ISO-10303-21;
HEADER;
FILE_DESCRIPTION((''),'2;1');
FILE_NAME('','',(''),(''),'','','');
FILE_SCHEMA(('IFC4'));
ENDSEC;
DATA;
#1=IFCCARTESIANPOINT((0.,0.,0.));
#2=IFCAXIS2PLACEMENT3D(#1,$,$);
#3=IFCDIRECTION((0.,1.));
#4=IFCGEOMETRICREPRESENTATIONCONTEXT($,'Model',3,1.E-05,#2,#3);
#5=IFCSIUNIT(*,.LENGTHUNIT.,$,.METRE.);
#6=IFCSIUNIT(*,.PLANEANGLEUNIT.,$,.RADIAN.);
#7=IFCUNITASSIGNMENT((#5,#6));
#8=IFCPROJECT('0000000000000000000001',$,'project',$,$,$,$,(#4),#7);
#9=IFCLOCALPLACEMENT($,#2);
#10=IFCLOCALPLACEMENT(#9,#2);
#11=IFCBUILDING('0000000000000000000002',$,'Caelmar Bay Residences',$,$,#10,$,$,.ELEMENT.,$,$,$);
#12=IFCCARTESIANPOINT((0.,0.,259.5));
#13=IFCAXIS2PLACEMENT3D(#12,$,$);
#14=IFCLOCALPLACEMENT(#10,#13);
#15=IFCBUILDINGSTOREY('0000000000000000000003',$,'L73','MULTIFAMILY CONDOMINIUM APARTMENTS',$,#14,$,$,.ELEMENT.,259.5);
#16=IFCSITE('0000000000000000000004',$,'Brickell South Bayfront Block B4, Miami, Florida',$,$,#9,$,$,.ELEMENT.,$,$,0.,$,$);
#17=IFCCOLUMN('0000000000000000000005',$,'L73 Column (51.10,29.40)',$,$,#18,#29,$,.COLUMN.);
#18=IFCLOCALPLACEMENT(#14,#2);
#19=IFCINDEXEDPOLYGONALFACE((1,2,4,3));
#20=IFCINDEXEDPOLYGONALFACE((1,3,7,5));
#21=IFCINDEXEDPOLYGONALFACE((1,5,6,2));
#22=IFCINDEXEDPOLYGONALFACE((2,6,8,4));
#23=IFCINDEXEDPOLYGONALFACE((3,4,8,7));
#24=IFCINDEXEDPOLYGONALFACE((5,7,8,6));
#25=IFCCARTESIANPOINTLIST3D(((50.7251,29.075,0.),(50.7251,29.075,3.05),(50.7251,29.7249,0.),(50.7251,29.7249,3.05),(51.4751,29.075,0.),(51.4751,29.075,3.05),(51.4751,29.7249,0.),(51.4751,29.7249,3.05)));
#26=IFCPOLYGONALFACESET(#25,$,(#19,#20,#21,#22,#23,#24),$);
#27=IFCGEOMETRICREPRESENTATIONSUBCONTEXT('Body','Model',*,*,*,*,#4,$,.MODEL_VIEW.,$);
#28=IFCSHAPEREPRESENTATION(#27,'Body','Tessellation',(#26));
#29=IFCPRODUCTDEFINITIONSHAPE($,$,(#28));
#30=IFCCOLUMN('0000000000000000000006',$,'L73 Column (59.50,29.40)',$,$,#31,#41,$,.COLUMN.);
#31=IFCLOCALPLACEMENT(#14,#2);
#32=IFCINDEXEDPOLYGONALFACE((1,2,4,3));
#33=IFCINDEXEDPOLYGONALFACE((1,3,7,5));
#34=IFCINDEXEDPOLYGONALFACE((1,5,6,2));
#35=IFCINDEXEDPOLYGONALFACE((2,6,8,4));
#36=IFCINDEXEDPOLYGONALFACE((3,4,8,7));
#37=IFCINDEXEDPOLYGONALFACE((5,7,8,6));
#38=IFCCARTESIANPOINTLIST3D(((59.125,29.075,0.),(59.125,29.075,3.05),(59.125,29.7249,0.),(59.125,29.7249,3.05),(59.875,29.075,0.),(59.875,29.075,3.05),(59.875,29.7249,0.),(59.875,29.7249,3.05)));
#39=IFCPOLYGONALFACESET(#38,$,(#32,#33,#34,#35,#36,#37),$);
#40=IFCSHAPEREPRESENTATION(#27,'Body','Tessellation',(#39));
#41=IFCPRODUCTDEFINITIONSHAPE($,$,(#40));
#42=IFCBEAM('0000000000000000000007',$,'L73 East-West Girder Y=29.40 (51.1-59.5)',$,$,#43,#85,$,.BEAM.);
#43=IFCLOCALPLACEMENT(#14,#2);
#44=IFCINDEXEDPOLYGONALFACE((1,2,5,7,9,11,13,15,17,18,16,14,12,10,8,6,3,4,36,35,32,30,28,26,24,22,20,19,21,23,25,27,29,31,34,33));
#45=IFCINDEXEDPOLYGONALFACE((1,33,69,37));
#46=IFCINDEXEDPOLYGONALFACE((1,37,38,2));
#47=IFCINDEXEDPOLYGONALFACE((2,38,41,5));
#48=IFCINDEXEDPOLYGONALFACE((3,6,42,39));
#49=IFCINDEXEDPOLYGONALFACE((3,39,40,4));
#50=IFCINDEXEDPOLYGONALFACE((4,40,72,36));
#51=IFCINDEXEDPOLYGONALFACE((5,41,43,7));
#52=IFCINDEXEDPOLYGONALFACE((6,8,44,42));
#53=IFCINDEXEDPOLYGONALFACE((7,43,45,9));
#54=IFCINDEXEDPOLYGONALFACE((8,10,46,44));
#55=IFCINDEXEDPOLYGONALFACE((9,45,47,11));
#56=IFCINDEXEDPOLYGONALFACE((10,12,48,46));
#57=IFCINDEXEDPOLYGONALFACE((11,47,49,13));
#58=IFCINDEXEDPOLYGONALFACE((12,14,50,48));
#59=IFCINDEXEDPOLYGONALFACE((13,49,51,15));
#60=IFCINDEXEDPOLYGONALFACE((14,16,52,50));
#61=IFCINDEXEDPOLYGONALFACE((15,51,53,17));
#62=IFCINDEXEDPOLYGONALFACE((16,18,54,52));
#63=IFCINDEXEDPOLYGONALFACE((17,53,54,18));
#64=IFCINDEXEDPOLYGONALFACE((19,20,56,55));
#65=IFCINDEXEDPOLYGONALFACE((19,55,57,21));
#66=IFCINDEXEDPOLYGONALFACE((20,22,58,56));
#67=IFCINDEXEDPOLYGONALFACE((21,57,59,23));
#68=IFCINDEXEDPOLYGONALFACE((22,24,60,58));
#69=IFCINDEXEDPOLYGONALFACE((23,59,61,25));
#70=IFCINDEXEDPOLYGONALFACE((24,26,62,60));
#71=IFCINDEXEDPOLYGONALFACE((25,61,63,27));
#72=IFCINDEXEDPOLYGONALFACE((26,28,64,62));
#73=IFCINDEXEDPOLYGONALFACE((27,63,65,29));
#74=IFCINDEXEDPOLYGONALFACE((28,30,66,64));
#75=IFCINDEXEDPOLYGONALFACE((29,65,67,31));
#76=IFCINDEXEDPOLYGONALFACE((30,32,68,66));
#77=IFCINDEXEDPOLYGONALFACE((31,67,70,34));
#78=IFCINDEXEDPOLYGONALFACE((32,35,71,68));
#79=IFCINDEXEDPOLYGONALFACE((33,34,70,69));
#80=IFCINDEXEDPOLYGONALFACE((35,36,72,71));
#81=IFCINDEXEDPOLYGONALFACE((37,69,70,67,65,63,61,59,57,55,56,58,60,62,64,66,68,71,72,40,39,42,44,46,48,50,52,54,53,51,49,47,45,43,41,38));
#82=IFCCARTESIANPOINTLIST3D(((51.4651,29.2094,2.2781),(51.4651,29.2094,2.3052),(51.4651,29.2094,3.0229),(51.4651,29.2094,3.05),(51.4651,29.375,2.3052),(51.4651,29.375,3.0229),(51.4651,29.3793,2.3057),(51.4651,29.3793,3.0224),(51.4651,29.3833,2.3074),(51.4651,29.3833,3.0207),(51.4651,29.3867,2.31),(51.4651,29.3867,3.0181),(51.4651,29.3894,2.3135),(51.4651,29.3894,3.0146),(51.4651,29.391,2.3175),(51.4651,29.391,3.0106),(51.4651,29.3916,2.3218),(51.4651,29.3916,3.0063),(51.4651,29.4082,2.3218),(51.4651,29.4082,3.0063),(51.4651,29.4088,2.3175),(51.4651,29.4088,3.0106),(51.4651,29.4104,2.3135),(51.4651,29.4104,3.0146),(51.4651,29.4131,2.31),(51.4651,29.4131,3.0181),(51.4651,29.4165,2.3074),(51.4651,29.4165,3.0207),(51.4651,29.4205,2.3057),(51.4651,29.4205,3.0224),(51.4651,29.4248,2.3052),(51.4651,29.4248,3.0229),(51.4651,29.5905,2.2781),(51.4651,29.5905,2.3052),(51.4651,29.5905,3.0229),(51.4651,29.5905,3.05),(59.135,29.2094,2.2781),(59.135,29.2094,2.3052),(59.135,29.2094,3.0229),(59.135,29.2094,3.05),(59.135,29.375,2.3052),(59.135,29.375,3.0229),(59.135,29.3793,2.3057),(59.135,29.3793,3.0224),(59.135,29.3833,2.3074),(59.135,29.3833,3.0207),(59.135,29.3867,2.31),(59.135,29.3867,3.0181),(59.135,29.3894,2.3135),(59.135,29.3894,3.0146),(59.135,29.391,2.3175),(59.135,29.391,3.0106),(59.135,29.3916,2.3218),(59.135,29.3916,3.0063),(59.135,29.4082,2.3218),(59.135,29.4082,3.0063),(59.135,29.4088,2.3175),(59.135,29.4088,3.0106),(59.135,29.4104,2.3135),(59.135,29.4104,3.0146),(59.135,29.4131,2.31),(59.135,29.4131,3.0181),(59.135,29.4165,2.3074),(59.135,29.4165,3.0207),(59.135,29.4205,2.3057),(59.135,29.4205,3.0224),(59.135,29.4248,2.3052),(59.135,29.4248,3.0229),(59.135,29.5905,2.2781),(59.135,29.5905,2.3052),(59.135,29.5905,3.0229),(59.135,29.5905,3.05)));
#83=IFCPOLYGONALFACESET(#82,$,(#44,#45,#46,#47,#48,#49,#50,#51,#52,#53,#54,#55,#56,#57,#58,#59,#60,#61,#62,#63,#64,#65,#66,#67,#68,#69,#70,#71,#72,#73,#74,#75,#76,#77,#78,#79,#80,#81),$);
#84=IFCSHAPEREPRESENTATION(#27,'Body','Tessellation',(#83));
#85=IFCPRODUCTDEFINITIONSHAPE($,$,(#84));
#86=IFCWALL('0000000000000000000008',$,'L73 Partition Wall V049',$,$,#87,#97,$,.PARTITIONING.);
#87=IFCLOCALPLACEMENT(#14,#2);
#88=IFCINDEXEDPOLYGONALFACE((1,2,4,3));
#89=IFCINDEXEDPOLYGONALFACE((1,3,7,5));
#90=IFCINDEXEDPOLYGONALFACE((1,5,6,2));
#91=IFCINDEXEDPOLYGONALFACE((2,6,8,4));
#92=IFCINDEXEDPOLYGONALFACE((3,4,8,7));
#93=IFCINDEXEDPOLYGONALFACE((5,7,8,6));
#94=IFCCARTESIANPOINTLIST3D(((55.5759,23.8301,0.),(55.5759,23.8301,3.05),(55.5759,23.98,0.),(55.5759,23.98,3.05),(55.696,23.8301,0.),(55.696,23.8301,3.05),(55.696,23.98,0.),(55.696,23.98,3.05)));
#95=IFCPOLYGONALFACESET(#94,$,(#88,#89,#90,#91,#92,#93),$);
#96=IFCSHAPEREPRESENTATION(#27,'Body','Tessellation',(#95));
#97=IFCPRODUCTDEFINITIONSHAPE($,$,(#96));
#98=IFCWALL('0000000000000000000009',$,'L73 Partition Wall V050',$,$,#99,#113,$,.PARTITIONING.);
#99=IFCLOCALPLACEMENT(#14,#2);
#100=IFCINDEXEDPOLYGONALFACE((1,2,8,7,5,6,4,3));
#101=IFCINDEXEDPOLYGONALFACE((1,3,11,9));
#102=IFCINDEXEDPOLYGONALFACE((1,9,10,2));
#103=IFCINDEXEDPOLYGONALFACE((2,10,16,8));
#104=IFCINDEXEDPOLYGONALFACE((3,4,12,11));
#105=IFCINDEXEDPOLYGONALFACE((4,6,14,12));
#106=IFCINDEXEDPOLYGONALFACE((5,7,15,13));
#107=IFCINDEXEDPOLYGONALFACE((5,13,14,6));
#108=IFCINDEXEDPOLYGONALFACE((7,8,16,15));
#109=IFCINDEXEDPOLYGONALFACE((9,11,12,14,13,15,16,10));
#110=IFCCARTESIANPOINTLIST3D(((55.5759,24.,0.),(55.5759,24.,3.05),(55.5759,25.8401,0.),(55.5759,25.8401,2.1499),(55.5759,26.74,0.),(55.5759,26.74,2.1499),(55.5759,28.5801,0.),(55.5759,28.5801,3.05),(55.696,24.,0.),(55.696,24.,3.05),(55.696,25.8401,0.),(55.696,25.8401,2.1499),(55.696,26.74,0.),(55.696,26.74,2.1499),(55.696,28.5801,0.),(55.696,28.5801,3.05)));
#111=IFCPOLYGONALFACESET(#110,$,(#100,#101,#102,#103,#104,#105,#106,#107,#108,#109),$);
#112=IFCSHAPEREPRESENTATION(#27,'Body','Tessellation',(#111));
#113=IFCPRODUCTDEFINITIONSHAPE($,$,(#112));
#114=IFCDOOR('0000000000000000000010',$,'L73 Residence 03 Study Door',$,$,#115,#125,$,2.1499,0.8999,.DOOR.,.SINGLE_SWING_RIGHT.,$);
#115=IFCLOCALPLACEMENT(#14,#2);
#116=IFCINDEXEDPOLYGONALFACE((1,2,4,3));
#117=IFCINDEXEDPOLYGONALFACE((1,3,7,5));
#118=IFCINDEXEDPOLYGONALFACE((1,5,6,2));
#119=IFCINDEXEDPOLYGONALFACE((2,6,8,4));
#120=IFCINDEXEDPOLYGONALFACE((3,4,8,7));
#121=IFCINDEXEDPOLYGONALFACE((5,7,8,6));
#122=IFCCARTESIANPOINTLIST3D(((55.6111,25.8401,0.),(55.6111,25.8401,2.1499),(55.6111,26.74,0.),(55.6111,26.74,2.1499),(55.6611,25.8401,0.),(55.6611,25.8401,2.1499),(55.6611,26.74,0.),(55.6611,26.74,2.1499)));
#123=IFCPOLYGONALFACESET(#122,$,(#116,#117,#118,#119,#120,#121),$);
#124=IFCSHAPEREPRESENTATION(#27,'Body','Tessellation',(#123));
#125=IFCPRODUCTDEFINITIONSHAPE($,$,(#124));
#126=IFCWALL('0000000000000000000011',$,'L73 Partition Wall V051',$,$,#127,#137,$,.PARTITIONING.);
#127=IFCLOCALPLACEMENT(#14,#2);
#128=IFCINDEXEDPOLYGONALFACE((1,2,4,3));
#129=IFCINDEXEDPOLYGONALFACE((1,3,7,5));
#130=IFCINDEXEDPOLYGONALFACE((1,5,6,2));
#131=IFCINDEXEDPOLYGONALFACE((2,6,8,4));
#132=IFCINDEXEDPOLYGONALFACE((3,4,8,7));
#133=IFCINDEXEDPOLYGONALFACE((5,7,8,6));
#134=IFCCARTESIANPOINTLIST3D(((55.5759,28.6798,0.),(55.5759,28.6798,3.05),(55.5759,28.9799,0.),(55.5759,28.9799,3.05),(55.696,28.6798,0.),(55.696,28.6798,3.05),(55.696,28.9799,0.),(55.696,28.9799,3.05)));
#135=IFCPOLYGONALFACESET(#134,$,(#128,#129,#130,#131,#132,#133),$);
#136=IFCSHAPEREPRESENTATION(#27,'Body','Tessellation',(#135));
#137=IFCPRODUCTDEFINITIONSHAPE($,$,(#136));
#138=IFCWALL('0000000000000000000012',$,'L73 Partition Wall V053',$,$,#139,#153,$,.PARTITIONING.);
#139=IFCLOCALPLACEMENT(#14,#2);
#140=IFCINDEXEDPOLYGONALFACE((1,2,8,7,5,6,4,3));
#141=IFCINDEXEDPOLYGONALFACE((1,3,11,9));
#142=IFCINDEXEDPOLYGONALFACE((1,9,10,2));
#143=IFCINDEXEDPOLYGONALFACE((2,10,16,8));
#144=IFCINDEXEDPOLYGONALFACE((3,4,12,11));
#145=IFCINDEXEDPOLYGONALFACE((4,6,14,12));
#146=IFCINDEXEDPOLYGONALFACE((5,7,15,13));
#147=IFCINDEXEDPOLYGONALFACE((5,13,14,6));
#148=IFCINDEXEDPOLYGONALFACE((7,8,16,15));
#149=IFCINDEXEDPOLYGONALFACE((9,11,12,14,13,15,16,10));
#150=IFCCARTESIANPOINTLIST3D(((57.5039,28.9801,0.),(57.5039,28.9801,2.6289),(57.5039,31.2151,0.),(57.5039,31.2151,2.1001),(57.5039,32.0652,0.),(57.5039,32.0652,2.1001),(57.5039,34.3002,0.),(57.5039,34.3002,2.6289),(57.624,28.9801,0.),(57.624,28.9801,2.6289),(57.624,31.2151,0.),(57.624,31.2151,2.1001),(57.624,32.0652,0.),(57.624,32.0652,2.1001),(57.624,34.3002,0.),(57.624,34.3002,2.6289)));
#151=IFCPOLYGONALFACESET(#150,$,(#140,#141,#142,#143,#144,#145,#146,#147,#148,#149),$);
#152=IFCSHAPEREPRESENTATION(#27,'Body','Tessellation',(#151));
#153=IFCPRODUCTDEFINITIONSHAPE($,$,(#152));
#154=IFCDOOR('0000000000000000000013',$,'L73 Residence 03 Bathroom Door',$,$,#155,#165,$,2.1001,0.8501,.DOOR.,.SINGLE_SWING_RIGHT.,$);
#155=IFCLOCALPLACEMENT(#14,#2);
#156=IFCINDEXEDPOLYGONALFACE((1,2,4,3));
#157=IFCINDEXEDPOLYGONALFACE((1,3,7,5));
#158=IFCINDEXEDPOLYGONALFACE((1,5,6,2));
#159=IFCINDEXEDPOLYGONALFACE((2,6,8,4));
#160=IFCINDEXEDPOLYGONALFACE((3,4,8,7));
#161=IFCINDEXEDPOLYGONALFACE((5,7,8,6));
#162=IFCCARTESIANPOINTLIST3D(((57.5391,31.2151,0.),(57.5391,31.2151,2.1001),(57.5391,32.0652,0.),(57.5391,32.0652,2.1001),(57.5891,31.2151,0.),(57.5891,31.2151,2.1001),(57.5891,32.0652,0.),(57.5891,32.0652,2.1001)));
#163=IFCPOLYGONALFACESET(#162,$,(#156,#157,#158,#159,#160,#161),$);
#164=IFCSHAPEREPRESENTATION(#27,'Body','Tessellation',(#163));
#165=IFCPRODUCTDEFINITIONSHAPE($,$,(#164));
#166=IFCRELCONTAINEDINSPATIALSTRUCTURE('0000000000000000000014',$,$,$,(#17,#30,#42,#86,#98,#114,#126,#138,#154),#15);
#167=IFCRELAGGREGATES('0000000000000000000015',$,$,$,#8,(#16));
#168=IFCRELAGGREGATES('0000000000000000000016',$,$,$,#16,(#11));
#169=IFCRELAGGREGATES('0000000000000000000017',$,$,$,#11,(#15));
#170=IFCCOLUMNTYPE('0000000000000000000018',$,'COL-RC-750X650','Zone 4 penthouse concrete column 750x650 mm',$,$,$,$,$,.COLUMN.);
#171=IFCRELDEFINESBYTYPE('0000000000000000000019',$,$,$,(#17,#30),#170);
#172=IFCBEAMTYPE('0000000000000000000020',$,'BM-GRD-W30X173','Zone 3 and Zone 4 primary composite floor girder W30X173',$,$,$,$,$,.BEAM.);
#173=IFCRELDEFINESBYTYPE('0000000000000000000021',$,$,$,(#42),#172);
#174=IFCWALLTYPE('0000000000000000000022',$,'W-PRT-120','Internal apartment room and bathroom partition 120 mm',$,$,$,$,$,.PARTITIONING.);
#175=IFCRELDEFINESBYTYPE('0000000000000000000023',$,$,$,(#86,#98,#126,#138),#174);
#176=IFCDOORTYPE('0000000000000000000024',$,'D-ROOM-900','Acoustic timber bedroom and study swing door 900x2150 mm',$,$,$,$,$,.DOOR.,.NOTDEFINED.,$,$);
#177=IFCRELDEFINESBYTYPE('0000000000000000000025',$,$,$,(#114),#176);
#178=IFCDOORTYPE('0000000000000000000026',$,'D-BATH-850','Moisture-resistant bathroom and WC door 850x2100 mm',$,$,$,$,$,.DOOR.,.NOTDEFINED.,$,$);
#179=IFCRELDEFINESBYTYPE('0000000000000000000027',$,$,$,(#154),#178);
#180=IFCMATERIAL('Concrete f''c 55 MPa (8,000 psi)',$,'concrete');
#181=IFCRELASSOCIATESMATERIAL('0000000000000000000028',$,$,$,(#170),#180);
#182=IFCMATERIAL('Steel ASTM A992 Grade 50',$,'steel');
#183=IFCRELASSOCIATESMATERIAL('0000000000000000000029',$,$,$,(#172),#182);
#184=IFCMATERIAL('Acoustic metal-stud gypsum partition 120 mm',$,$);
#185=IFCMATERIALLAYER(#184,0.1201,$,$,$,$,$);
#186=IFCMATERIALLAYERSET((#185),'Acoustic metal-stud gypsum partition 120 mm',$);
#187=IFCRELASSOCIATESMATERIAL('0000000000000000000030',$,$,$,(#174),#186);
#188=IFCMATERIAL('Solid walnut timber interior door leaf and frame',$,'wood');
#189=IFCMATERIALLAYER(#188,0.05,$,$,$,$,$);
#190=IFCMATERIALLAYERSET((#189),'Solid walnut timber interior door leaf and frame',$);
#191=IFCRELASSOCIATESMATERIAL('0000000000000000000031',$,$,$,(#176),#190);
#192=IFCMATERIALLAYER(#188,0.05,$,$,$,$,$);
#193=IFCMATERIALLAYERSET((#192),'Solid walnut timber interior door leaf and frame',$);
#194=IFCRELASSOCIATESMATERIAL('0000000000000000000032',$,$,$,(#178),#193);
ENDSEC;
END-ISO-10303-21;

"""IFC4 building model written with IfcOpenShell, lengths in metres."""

from ifc_helpers import new_model, si_unit, direction, frame, frame_2d, origin, origin_2d, place, context, subcontext, project, spatial, rectangle, i_section, extrude, material, layer, layer_set, material_profile, profile_set, type_object, element, fill, save


model = new_model("IFC4")

# Units and contexts
model_context = context("Model", 3, precision=1e-05, world=origin(), true_north=direction((0.0, 1.0)))
body_context = subcontext(model_context, "Body", "Model", "MODEL_VIEW")
ifc_project = project(units=[si_unit("LENGTHUNIT", "METRE"), si_unit("PLANEANGLEUNIT", "RADIAN")], contexts=[model_context])

# Site, building, storey
site_placement = place(None, origin())
site = spatial("IfcSite", under=ifc_project, at=site_placement, Name="Brickell South Bayfront Block B4, Miami, Florida", CompositionType="ELEMENT", RefElevation=0.0)
building_placement = place(site_placement, origin())
building = spatial("IfcBuilding", under=site, at=building_placement, Name="Caelmar Bay Residences", CompositionType="ELEMENT")
storey_placement = place(building_placement, frame((0.0, 0.0, 259.5)))
storey = spatial("IfcBuildingStorey", under=building, at=storey_placement, Name="L73", Description="MULTIFAMILY CONDOMINIUM APARTMENTS", CompositionType="ELEMENT", Elevation=259.5)

# Columns
ifc_material_1 = material(Name="Concrete f'c 55 MPa (8,000 psi)", Category="concrete")
ifc_material_profile_1 = material_profile(ifc_material_1, rectangle(XDim=0.75, YDim=0.6499, at=origin_2d()), Name="RC-COL-750X650")
ifc_profile_set_1 = profile_set([ifc_material_profile_1], Name="Concrete f'c 55 MPa (8,000 psi)")
column_type = type_object("IfcColumnType", Name="COL-RC-750X650", Description="Zone 4 penthouse concrete column 750x650 mm", PredefinedType="COLUMN", material=ifc_profile_set_1)
for number, where, z_axis, x_axis, name in (
    (1, (51.1001, 29.3999, 0.0), (0.0, 0.0, 1.0), (1.0, 0.0, 0.0), "L73 Column (51.10,29.40)"),
    (2, (59.5, 29.3999, 0.0), (0.0, 0.0, 1.0), (1.0, 0.0, 0.0), "L73 Column (59.50,29.40)"),
):
    element("IfcColumn", number, at=place(storey_placement, frame(where, z_axis=z_axis, x_axis=x_axis)), inside=storey, type_object=column_type, Name=name, PredefinedType="COLUMN", context=body_context, shape_type="SweptSolid", body=[
        extrude(rectangle(XDim=0.75, YDim=0.6499, at=origin_2d()), origin(), (0.0, 0.0, 1.0), 3.05),
    ])

# Beam
ifc_material_2 = material(Name="Steel ASTM A992 Grade 50", Category="steel")
ifc_material_profile_2 = material_profile(ifc_material_2, i_section(OverallWidth=0.3811, OverallDepth=0.772, WebThickness=0.0166, FlangeThickness=0.0271, FilletRadius=0.0166, at=origin_2d()), Name="W30X173")
ifc_profile_set_2 = profile_set([ifc_material_profile_2], Name="Steel ASTM A992 Grade 50")
beam_type = type_object("IfcBeamType", Name="BM-GRD-W30X173", Description="Zone 3 and Zone 4 primary composite floor girder W30X173", PredefinedType="BEAM", material=ifc_profile_set_2)
beam_placement = place(storey_placement, frame((51.4651, 29.3999, 2.6641), z_axis=(1.0, 0.0, 0.0), x_axis=(0.0, 1.0, 0.0)))
element("IfcBeam", 3, at=beam_placement, inside=storey, type_object=beam_type, Name="L73 East-West Girder Y=29.40 (51.1-59.5)", PredefinedType="BEAM", context=body_context, shape_type="SweptSolid", body=[
    extrude(i_section(OverallWidth=0.3811, OverallDepth=0.772, WebThickness=0.0166, FlangeThickness=0.0271, FilletRadius=0.0166, at=origin_2d()), origin(), (0.0, 0.0, 1.0), 7.6699),
])

# Wall
ifc_material_3 = material(Name="Acoustic metal-stud gypsum partition 120 mm")
ifc_layer_1 = layer(ifc_material_3, 0.1201)
ifc_layer_set_1 = layer_set([ifc_layer_1], Name="Acoustic metal-stud gypsum partition 120 mm")
wall_type_1 = type_object("IfcWallType", Name="W-PRT-120", Description="Internal apartment room and bathroom partition 120 mm", PredefinedType="PARTITIONING", material=ifc_layer_set_1)
wall_1_placement = place(storey_placement, frame((55.636, 23.8301, 0.0), z_axis=(0.0, 0.0, 1.0), x_axis=(0.0, 1.0, 0.0)))
element("IfcWall", 4, at=wall_1_placement, inside=storey, type_object=wall_type_1, Name="L73 Partition Wall V049", PredefinedType="PARTITIONING", context=body_context, shape_type="SweptSolid", body=[
    extrude(rectangle(XDim=0.1499, YDim=0.1201, at=frame_2d((0.075, 0.0))), origin(), (0.0, 0.0, 1.0), 3.05),
])

# Wall, opening, door
wall_2_placement = place(storey_placement, frame((55.636, 24.0, 0.0), z_axis=(0.0, 0.0, 1.0), x_axis=(0.0, 1.0, 0.0)))
wall_2 = element("IfcWall", 5, at=wall_2_placement, inside=storey, type_object=wall_type_1, Name="L73 Partition Wall V050", PredefinedType="PARTITIONING", context=body_context, shape_type="SweptSolid", body=[
    extrude(rectangle(XDim=4.5801, YDim=0.1201, at=frame_2d((2.29, 0.0))), origin(), (0.0, 0.0, 1.0), 3.05),
])
opening_1_placement = place(wall_2_placement, frame((1.8401, 0.0, 0.0)))
opening_1 = element("IfcOpeningElement", 6, at=opening_1_placement, cuts=wall_2, PredefinedType="OPENING", context=body_context, shape_type="SweptSolid", body=[
    extrude(rectangle(XDim=0.8999, YDim=2.1499, at=frame_2d((0.45, 1.075))), frame((0.0, 0.0701, 0.0), z_axis=(0.0, -1.0, 0.0), x_axis=(1.0, 0.0, 0.0)), (0.0, 0.0, 1.0), 0.1401),
])
ifc_material_4 = material(Name="Solid walnut timber interior door leaf and frame", Category="wood")
ifc_layer_2 = layer(ifc_material_4, 0.05)
ifc_layer_set_2 = layer_set([ifc_layer_2], Name="Solid walnut timber interior door leaf and frame")
door_type_1 = type_object("IfcDoorType", Name="D-ROOM-900", Description="Acoustic timber bedroom and study swing door 900x2150 mm", OperationType="NOTDEFINED", PredefinedType="DOOR", material=ifc_layer_set_2)
door_1_placement = place(opening_1_placement, origin())
door_1 = element("IfcDoor", 7, at=door_1_placement, inside=storey, type_object=door_type_1, Name="L73 Residence 03 Study Door", OperationType="SINGLE_SWING_RIGHT", OverallHeight=2.1499, OverallWidth=0.8999, PredefinedType="DOOR", context=body_context, shape_type="SweptSolid", body=[
    extrude(rectangle(XDim=0.8999, YDim=2.1499, at=frame_2d((0.45, 1.075))), frame((0.0, 0.0249, 0.0), z_axis=(0.0, -1.0, 0.0), x_axis=(1.0, 0.0, 0.0)), (0.0, 0.0, 1.0), 0.05),
])
fill(opening_1, door_1)

# Wall
wall_3_placement = place(storey_placement, frame((55.636, 28.6799, 0.0), z_axis=(0.0, 0.0, 1.0), x_axis=(0.0, 1.0, 0.0)))
element("IfcWall", 8, at=wall_3_placement, inside=storey, type_object=wall_type_1, Name="L73 Partition Wall V051", PredefinedType="PARTITIONING", context=body_context, shape_type="SweptSolid", body=[
    extrude(rectangle(XDim=0.3, YDim=0.1201, at=frame_2d((0.1499, 0.0))), origin(), (0.0, 0.0, 1.0), 3.05),
])

# Wall, opening, door
wall_4_placement = place(storey_placement, frame((57.564, 28.98, 0.0), z_axis=(0.0, 0.0, 1.0), x_axis=(0.0, 1.0, 0.0)))
wall_4 = element("IfcWall", 9, at=wall_4_placement, inside=storey, type_object=wall_type_1, Name="L73 Partition Wall V053", PredefinedType="PARTITIONING", context=body_context, shape_type="SweptSolid", body=[
    extrude(rectangle(XDim=5.3201, YDim=0.1201, at=frame_2d((2.6602, 0.0))), origin(), (0.0, 0.0, 1.0), 2.6289),
])
opening_2_placement = place(wall_4_placement, frame((2.2351, 0.0, 0.0)))
opening_2 = element("IfcOpeningElement", 10, at=opening_2_placement, cuts=wall_4, PredefinedType="OPENING", context=body_context, shape_type="SweptSolid", body=[
    extrude(rectangle(XDim=0.8501, YDim=2.1001, at=frame_2d((0.425, 1.05))), frame((0.0, 0.0701, 0.0), z_axis=(0.0, -1.0, 0.0), x_axis=(1.0, 0.0, 0.0)), (0.0, 0.0, 1.0), 0.1401),
])
ifc_layer_3 = layer(ifc_material_4, 0.05)
ifc_layer_set_3 = layer_set([ifc_layer_3], Name="Solid walnut timber interior door leaf and frame")
door_type_2 = type_object("IfcDoorType", Name="D-BATH-850", Description="Moisture-resistant bathroom and WC door 850x2100 mm", OperationType="NOTDEFINED", PredefinedType="DOOR", material=ifc_layer_set_3)
door_2_placement = place(opening_2_placement, origin())
door_2 = element("IfcDoor", 11, at=door_2_placement, inside=storey, type_object=door_type_2, Name="L73 Residence 03 Bathroom Door", OperationType="SINGLE_SWING_RIGHT", OverallHeight=2.1001, OverallWidth=0.8501, PredefinedType="DOOR", context=body_context, shape_type="SweptSolid", body=[
    extrude(rectangle(XDim=0.8501, YDim=2.1001, at=frame_2d((0.425, 1.05))), frame((0.0, 0.0249, 0.0), z_axis=(0.0, -1.0, 0.0), x_axis=(1.0, 0.0, 0.0)), (0.0, 0.0, 1.0), 0.05),
])
fill(opening_2, door_2)

save(model, "model.ifc")
